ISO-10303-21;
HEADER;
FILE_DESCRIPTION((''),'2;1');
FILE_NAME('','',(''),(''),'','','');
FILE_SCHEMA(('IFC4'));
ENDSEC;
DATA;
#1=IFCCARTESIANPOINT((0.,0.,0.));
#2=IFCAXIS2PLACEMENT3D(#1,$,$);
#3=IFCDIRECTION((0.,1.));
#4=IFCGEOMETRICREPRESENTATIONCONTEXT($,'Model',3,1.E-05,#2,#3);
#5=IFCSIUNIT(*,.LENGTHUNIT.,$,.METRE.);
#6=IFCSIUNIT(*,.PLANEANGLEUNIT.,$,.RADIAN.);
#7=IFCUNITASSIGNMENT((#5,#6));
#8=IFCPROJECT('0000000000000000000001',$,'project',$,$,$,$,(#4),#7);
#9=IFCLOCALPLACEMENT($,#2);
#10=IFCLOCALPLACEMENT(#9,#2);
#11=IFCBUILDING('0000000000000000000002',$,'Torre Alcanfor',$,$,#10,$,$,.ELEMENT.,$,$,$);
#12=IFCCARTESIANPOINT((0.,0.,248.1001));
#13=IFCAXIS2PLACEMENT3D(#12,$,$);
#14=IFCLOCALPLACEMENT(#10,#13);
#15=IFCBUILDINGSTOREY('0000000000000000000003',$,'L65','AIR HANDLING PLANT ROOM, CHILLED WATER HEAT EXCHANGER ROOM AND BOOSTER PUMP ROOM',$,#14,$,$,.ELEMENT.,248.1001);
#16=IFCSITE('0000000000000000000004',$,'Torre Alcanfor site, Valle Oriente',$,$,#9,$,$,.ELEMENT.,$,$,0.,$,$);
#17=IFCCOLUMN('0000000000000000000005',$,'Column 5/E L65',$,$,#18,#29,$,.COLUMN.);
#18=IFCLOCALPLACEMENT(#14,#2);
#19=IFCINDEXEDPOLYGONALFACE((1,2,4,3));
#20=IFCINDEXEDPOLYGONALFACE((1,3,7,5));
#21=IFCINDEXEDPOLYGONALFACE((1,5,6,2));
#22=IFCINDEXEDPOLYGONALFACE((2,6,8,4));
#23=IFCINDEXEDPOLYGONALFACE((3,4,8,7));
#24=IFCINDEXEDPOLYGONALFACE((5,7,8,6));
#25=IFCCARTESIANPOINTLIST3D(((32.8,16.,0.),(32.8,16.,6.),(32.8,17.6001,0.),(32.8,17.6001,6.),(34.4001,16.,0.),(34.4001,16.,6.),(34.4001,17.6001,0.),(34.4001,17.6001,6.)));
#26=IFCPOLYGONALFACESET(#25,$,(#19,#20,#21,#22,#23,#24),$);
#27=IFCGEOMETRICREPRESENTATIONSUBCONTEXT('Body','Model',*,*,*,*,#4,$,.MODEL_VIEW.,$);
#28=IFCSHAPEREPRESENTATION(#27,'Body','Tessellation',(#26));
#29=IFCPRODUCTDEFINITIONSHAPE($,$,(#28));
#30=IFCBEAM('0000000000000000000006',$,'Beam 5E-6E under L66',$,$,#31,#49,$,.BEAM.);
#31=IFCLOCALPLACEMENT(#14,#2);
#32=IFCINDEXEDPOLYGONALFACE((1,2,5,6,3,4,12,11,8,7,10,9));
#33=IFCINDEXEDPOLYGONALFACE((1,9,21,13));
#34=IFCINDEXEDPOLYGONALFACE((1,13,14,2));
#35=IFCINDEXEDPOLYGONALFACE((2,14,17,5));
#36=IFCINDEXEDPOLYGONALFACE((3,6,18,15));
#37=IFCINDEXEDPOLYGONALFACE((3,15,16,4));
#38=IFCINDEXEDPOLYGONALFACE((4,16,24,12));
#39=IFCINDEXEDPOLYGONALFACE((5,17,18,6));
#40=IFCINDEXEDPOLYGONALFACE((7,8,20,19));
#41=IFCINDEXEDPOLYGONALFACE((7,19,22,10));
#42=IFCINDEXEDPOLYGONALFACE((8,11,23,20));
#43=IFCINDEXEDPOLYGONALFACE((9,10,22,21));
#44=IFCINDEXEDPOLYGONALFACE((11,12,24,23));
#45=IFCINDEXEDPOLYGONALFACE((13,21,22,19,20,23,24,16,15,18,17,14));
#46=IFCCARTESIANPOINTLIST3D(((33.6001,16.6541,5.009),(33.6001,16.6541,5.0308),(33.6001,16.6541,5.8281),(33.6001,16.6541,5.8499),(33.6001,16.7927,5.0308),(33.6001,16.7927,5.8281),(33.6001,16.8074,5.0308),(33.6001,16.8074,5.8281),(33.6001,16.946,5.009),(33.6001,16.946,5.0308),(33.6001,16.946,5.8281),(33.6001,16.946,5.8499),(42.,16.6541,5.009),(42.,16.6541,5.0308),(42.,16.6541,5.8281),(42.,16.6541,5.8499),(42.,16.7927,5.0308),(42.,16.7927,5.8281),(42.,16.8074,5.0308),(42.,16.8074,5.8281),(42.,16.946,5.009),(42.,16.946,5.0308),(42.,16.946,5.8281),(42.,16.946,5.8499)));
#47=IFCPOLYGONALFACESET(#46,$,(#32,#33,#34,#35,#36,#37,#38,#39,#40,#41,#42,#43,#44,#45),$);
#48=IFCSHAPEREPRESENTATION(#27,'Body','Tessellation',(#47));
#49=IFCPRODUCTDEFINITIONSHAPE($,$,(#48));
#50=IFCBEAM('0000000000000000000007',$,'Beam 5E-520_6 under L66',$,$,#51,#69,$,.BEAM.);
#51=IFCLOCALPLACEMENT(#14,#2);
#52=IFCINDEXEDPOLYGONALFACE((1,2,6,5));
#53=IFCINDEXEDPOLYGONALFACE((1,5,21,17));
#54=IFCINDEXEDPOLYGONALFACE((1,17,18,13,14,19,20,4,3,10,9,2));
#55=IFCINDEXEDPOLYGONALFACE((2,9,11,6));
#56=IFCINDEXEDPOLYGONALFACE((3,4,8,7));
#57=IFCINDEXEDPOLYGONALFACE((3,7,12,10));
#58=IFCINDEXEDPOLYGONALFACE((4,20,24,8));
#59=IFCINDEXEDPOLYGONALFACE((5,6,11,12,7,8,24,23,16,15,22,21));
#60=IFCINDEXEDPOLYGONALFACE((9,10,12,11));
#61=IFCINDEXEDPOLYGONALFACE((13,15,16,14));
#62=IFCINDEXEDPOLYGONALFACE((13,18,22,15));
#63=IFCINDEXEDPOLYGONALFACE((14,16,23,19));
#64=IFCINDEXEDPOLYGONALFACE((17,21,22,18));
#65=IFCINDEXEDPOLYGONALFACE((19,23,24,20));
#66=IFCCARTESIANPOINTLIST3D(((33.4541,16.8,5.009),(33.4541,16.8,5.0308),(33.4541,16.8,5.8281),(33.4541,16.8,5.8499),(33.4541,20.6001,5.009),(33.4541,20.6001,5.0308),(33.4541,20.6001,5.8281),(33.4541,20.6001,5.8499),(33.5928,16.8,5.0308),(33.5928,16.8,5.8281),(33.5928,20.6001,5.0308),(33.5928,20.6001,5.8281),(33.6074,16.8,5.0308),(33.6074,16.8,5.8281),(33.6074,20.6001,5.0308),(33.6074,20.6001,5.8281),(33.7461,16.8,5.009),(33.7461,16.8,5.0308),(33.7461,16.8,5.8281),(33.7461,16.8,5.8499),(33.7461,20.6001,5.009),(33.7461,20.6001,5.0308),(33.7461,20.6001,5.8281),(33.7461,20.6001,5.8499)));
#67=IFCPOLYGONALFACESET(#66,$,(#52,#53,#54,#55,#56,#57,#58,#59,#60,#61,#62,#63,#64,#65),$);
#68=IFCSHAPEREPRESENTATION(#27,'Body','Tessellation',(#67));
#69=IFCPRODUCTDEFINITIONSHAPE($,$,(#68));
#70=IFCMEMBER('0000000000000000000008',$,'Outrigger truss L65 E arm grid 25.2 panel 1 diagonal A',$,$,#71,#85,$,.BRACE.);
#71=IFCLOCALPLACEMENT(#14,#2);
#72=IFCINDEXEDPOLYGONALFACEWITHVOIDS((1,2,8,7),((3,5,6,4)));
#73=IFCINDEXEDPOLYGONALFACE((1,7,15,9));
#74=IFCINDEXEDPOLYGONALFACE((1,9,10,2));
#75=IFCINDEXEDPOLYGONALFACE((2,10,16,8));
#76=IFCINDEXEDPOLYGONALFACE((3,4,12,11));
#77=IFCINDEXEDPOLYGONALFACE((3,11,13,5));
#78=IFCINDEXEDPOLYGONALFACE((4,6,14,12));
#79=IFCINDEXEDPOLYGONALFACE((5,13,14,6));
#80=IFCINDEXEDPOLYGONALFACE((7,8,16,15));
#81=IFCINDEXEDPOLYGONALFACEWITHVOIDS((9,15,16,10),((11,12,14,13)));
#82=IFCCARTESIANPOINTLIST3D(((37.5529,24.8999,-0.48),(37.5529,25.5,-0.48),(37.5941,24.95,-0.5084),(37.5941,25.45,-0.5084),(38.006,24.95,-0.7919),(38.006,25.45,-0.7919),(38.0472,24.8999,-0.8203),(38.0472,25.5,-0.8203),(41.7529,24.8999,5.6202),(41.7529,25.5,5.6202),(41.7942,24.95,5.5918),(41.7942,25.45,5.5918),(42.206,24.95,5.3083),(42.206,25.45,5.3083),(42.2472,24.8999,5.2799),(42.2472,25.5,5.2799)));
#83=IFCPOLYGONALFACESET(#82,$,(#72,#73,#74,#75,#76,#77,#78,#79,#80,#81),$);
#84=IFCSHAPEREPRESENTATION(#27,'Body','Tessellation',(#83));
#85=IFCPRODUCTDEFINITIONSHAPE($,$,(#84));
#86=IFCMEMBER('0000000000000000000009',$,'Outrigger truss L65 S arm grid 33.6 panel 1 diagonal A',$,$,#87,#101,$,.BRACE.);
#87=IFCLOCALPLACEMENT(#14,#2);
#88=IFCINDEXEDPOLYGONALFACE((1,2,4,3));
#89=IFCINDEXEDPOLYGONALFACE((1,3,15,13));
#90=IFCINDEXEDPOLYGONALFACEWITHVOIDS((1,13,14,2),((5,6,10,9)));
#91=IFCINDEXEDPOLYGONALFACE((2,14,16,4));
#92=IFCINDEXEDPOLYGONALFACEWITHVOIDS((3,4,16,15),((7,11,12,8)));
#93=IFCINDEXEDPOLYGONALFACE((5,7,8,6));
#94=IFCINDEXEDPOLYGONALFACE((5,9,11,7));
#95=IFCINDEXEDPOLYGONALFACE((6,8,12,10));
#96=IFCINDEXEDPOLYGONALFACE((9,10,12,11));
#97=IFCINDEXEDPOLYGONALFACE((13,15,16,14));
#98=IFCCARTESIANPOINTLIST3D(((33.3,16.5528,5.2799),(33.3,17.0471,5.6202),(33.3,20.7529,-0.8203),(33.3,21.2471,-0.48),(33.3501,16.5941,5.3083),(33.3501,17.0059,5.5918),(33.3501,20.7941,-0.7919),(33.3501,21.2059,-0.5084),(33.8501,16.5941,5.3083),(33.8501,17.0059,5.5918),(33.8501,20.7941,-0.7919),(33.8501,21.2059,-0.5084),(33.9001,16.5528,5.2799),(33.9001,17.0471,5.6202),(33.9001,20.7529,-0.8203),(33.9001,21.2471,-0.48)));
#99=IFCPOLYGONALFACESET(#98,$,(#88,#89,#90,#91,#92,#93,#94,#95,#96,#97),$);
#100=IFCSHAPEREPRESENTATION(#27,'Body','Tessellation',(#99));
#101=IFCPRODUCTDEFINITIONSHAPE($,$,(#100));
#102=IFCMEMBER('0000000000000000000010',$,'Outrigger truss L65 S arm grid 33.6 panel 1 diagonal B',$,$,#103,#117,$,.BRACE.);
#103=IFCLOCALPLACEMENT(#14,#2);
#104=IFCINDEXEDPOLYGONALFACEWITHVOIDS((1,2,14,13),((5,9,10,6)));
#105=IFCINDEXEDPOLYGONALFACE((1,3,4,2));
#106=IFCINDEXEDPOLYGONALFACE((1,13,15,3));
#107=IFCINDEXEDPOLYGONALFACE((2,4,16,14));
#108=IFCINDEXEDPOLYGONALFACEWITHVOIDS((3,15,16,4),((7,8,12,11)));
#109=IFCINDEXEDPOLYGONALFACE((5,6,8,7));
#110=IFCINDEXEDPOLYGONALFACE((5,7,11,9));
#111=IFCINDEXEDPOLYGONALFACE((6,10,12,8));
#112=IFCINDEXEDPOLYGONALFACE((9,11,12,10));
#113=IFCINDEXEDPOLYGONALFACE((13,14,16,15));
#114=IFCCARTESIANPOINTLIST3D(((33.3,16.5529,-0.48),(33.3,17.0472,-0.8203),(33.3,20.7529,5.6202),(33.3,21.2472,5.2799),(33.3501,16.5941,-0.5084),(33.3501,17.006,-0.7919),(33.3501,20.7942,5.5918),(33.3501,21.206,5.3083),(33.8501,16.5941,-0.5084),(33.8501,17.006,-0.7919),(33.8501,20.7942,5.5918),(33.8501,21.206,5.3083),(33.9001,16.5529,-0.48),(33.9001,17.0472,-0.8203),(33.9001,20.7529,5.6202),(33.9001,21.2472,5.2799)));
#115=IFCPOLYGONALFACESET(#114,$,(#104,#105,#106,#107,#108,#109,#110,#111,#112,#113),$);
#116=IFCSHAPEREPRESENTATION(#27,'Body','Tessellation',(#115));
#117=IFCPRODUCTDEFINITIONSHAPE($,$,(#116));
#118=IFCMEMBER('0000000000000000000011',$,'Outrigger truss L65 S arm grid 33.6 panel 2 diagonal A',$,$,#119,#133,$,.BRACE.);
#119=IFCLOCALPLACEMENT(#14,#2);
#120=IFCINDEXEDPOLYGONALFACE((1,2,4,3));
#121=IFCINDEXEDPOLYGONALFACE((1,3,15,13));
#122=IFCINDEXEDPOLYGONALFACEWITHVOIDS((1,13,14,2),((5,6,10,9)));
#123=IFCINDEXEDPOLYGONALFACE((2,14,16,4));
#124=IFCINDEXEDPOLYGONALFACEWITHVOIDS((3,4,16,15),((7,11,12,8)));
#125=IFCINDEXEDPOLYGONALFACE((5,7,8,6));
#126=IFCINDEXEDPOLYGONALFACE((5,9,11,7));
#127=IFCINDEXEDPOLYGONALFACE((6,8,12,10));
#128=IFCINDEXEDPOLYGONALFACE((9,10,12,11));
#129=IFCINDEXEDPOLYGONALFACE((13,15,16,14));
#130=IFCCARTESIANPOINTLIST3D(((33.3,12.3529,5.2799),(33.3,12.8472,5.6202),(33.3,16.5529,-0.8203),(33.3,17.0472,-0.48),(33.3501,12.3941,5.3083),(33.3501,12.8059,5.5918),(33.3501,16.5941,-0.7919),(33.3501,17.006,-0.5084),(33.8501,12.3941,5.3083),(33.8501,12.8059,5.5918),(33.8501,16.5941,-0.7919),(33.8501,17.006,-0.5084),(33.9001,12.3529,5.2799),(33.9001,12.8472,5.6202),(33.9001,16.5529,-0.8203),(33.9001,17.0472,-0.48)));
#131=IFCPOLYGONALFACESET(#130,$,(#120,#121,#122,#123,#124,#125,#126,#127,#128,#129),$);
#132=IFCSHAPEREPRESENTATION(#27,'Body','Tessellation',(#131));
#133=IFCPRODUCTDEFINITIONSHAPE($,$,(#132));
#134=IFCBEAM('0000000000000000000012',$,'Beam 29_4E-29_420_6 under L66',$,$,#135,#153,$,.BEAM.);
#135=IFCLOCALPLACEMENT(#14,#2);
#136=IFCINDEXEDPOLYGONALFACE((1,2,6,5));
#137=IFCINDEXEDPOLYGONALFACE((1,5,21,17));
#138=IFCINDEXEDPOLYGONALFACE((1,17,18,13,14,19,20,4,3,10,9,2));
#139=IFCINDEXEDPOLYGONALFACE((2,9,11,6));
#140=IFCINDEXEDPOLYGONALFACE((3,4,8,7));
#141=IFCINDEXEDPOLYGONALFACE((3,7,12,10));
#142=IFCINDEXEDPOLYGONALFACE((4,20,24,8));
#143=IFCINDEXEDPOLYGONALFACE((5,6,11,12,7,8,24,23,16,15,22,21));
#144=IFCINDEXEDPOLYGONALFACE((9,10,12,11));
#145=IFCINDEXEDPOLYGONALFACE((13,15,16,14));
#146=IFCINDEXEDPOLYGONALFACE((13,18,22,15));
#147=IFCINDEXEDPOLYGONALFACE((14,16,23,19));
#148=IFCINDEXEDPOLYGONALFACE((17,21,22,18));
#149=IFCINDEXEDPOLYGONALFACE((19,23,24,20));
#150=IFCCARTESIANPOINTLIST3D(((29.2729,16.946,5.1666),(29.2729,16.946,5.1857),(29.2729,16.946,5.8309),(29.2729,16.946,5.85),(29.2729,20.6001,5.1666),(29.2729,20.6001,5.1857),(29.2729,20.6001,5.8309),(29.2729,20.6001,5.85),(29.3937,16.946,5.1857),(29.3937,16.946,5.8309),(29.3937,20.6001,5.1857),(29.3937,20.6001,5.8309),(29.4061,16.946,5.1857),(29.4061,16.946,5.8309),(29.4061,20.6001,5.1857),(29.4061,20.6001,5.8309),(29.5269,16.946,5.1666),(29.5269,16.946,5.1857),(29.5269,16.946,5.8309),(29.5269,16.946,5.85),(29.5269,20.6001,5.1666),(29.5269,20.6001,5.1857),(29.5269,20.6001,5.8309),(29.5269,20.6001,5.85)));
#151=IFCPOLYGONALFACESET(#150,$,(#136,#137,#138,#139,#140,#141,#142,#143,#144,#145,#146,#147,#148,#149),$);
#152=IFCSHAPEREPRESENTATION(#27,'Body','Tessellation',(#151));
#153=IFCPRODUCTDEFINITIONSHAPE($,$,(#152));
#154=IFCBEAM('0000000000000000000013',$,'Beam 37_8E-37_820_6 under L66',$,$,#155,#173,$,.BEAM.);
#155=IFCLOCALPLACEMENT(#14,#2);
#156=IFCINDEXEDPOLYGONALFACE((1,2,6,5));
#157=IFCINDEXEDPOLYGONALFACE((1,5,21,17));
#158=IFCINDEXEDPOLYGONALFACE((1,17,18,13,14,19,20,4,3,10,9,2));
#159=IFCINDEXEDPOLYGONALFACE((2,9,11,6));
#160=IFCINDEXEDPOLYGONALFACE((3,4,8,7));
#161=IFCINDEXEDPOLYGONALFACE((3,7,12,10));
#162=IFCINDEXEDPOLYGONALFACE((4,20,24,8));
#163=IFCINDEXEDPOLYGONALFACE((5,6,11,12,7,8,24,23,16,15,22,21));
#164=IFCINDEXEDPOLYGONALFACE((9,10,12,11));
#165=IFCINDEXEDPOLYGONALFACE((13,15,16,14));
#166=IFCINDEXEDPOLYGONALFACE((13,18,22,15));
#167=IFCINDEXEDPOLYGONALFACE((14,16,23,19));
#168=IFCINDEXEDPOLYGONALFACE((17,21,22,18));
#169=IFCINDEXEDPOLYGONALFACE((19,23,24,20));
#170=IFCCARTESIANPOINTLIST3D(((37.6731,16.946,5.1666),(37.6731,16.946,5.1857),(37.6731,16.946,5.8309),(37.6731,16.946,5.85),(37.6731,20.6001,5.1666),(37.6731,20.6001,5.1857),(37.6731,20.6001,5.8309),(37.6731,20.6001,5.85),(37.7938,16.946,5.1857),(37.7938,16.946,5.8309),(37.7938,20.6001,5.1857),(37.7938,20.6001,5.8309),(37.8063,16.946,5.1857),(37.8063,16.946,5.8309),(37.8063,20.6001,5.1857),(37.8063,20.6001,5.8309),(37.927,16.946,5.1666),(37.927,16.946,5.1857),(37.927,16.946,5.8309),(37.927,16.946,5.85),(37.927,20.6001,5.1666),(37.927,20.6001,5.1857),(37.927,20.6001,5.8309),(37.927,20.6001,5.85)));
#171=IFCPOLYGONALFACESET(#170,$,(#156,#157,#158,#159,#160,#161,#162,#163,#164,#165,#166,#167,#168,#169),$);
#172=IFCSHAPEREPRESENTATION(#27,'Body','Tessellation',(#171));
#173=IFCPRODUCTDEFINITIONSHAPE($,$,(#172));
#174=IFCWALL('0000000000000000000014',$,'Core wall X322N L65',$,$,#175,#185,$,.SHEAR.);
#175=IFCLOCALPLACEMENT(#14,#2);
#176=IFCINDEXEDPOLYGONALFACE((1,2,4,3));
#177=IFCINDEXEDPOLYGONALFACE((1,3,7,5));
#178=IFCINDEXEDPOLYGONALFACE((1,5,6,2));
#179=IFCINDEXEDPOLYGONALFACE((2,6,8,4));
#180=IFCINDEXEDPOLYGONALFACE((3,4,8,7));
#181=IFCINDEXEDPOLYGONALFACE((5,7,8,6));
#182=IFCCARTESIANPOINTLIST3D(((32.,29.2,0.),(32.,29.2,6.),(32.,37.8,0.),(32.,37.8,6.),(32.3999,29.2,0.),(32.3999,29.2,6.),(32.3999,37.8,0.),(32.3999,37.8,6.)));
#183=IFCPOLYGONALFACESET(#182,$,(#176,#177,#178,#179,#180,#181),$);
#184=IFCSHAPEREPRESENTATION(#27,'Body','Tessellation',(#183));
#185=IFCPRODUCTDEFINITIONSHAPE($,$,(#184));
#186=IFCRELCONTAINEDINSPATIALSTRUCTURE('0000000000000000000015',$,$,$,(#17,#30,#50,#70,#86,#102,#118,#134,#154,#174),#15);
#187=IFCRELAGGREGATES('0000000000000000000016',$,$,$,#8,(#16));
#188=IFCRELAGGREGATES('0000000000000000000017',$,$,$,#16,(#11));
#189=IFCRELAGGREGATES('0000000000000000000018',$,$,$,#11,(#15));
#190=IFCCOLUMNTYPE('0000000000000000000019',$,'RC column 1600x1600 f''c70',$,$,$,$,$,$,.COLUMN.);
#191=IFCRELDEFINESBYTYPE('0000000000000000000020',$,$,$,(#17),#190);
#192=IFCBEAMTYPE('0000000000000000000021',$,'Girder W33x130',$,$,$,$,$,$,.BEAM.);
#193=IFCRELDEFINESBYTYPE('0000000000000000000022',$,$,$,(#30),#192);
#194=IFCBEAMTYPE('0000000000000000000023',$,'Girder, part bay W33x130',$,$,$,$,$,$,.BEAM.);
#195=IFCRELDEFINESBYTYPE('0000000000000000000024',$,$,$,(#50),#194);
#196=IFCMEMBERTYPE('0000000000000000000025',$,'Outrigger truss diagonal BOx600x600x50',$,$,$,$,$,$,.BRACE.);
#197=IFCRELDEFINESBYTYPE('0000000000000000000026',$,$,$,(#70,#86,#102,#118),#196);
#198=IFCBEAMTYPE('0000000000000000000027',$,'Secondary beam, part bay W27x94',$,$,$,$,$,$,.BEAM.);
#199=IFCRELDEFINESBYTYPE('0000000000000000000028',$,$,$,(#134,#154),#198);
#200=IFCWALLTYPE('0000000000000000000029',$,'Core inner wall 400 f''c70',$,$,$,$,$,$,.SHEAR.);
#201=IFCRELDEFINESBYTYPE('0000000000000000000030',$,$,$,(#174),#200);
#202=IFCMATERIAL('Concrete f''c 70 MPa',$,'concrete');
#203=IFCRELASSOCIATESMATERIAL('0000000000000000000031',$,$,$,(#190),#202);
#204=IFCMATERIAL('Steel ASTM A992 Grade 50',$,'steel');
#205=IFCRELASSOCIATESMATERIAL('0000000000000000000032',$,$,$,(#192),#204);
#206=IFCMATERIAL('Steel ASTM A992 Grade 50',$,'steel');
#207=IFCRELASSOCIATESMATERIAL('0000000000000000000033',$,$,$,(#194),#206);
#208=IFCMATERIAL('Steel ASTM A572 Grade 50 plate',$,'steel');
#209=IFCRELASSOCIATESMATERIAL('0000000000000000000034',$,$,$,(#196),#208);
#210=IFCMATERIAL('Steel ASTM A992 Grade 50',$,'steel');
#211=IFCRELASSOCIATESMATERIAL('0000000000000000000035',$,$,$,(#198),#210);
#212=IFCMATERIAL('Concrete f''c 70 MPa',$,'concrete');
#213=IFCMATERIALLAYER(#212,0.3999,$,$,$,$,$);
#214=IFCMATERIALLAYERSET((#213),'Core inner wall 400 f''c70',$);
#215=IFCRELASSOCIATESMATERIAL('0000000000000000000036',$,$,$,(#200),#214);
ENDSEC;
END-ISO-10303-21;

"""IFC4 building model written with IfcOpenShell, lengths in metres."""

from ifc_helpers import new_model, si_unit, direction, frame, frame_2d, origin, origin_2d, place, context, subcontext, project, spatial, rectangle, hollow_rectangle, i_section, extrude, material, layer, layer_set, material_profile, profile_set, type_object, element, save


model = new_model("IFC4")

# Units and contexts
model_context = context("Model", 3, precision=1e-05, world=origin(), true_north=direction((0.0, 1.0)))
body_context = subcontext(model_context, "Body", "Model", "MODEL_VIEW")
ifc_project = project(units=[si_unit("LENGTHUNIT", "METRE"), si_unit("PLANEANGLEUNIT", "RADIAN")], contexts=[model_context])

# Site, building, storey
site_placement = place(None, origin())
site = spatial("IfcSite", under=ifc_project, at=site_placement, Name="Torre Alcanfor site, Valle Oriente", CompositionType="ELEMENT", RefElevation=0.0)
building_placement = place(site_placement, origin())
building = spatial("IfcBuilding", under=site, at=building_placement, Name="Torre Alcanfor", CompositionType="ELEMENT")
storey_placement = place(building_placement, frame((0.0, 0.0, 248.1001)))
storey = spatial("IfcBuildingStorey", under=building, at=storey_placement, Name="L65", Description="AIR HANDLING PLANT ROOM, CHILLED WATER HEAT EXCHANGER ROOM AND BOOSTER PUMP ROOM", CompositionType="ELEMENT", Elevation=248.1001)

# Column
ifc_material_1 = material(Name="Concrete f'c 70 MPa", Category="concrete")
ifc_material_profile_1 = material_profile(ifc_material_1, rectangle(XDim=1.6001, YDim=1.6001, at=origin_2d()), Name="1600x1600")
ifc_profile_set_1 = profile_set([ifc_material_profile_1], Name="Concrete f'c 70 MPa")
column_type = type_object("IfcColumnType", Name="RC column 1600x1600 f'c70", PredefinedType="COLUMN", material=ifc_profile_set_1)
column_placement = place(storey_placement, frame((33.6001, 16.8, 0.0), z_axis=(0.0, 0.0, 1.0), x_axis=(1.0, 0.0, 0.0)))
element("IfcColumn", 1, at=column_placement, inside=storey, type_object=column_type, Name="Column 5/E L65", PredefinedType="COLUMN", context=body_context, shape_type="SweptSolid", body=[
    extrude(rectangle(XDim=1.6001, YDim=1.6001, at=origin_2d()), origin(), (0.0, 0.0, 1.0), 6.0),
])

# Beams
ifc_material_2 = material(Name="Steel ASTM A992 Grade 50", Category="steel")
ifc_material_profile_2 = material_profile(ifc_material_2, i_section(OverallWidth=0.292, OverallDepth=0.8408, WebThickness=0.0146, FlangeThickness=0.0217, at=origin_2d()), Name="W33x130")
ifc_profile_set_2 = profile_set([ifc_material_profile_2], Name="Steel ASTM A992 Grade 50")
beam_type_1 = type_object("IfcBeamType", Name="Girder W33x130", PredefinedType="BEAM", material=ifc_profile_set_2)
beam_1_placement = place(storey_placement, frame((33.6001, 16.8, 5.4294), z_axis=(1.0, 0.0, 0.0), x_axis=(0.0, 1.0, 0.0)))
element("IfcBeam", 2, at=beam_1_placement, inside=storey, type_object=beam_type_1, Name="Beam 5E-6E under L66", PredefinedType="BEAM", context=body_context, shape_type="SweptSolid", body=[
    extrude(i_section(OverallWidth=0.292, OverallDepth=0.8408, WebThickness=0.0146, FlangeThickness=0.0217, at=origin_2d()), origin(), (0.0, 0.0, 1.0), 8.3999),
])
ifc_material_3 = material(Name="Steel ASTM A992 Grade 50", Category="steel")
ifc_material_profile_3 = material_profile(ifc_material_3, i_section(OverallWidth=0.292, OverallDepth=0.8408, WebThickness=0.0146, FlangeThickness=0.0217, at=origin_2d()), Name="W33x130")
ifc_profile_set_3 = profile_set([ifc_material_profile_3], Name="Steel ASTM A992 Grade 50")
beam_type_2 = type_object("IfcBeamType", Name="Girder, part bay W33x130", PredefinedType="BEAM", material=ifc_profile_set_3)
beam_2_placement = place(storey_placement, frame((33.6001, 16.8, 5.4294), z_axis=(0.0, 1.0, 0.0), x_axis=(-1.0, 0.0, 0.0)))
element("IfcBeam", 3, at=beam_2_placement, inside=storey, type_object=beam_type_2, Name="Beam 5E-520_6 under L66", PredefinedType="BEAM", context=body_context, shape_type="SweptSolid", body=[
    extrude(i_section(OverallWidth=0.292, OverallDepth=0.8408, WebThickness=0.0146, FlangeThickness=0.0217, at=origin_2d()), origin(), (0.0, 0.0, 1.0), 3.8),
])

# Members
ifc_material_4 = material(Name="Steel ASTM A572 Grade 50 plate", Category="steel")
ifc_material_profile_4 = material_profile(ifc_material_4, hollow_rectangle(XDim=0.6001, YDim=0.6001, WallThickness=0.05, at=origin_2d()), Name="BOX 600x600x50")
ifc_profile_set_4 = profile_set([ifc_material_profile_4], Name="Steel ASTM A572 Grade 50 plate")
member_type = type_object("IfcMemberType", Name="Outrigger truss diagonal BOx600x600x50", PredefinedType="BRACE", material=ifc_profile_set_4)
for number, where, z_axis, x_axis, name in (
    (4, (37.8, 25.2, -0.6501), (0.567091, 0.0, 0.823655), (0.0, 1.0, 0.0), "Outrigger truss L65 E arm grid 25.2 panel 1 diagonal A"),
    (5, (33.6001, 21.0, -0.6501), (0.0, -0.567091, 0.823655), (1.0, 0.0, 0.0), "Outrigger truss L65 S arm grid 33.6 panel 1 diagonal A"),
    (6, (33.6001, 16.8, -0.6501), (0.0, 0.567091, 0.823655), (-1.0, 0.0, 0.0), "Outrigger truss L65 S arm grid 33.6 panel 1 diagonal B"),
    (7, (33.6001, 16.8, -0.6501), (0.0, -0.567091, 0.823655), (1.0, 0.0, 0.0), "Outrigger truss L65 S arm grid 33.6 panel 2 diagonal A"),
):
    element("IfcMember", number, at=place(storey_placement, frame(where, z_axis=z_axis, x_axis=x_axis)), inside=storey, type_object=member_type, Name=name, PredefinedType="BRACE", context=body_context, shape_type="SweptSolid", body=[
        extrude(hollow_rectangle(XDim=0.6001, YDim=0.6001, WallThickness=0.05, at=origin_2d()), origin(), (0.0, 0.0, 1.0), 7.4062),
    ])

# Beams
ifc_material_5 = material(Name="Steel ASTM A992 Grade 50", Category="steel")
ifc_material_profile_5 = material_profile(ifc_material_5, i_section(OverallWidth=0.2539, OverallDepth=0.6833, WebThickness=0.0125, FlangeThickness=0.019, at=origin_2d()), Name="W27x94")
ifc_profile_set_5 = profile_set([ifc_material_profile_5], Name="Steel ASTM A992 Grade 50")
beam_type_3 = type_object("IfcBeamType", Name="Secondary beam, part bay W27x94", PredefinedType="BEAM", material=ifc_profile_set_5)
for number, where, z_axis, x_axis, name in (
    (8, (29.3999, 16.946, 5.5083), (0.0, 1.0, 0.0), (-1.0, 0.0, 0.0), "Beam 29_4E-29_420_6 under L66"),
    (9, (37.8, 16.946, 5.5083), (0.0, 1.0, 0.0), (-1.0, 0.0, 0.0), "Beam 37_8E-37_820_6 under L66"),
):
    element("IfcBeam", number, at=place(storey_placement, frame(where, z_axis=z_axis, x_axis=x_axis)), inside=storey, type_object=beam_type_3, Name=name, PredefinedType="BEAM", context=body_context, shape_type="SweptSolid", body=[
        extrude(i_section(OverallWidth=0.2539, OverallDepth=0.6833, WebThickness=0.0125, FlangeThickness=0.019, at=origin_2d()), origin(), (0.0, 0.0, 1.0), 3.6541),
    ])

# Wall
ifc_material_6 = material(Name="Concrete f'c 70 MPa", Category="concrete")
ifc_layer_1 = layer(ifc_material_6, 0.3999)
ifc_layer_set_1 = layer_set([ifc_layer_1], Name="Core inner wall 400 f'c70")
wall_type_1 = type_object("IfcWallType", Name="Core inner wall 400 f'c70", PredefinedType="SHEAR", material=ifc_layer_set_1)
wall_1_placement = place(storey_placement, frame((32.2, 29.2, 0.0), z_axis=(0.0, 0.0, 1.0), x_axis=(0.0, 1.0, 0.0)))
element("IfcWall", 10, at=wall_1_placement, inside=storey, type_object=wall_type_1, Name="Core wall X322N L65", PredefinedType="SHEAR", context=body_context, shape_type="SweptSolid", body=[
    extrude(rectangle(XDim=8.6001, YDim=0.3999, at=frame_2d((4.3, 0.0))), origin(), (0.0, 0.0, 1.0), 6.0),
])

save(model, "model.ifc")
